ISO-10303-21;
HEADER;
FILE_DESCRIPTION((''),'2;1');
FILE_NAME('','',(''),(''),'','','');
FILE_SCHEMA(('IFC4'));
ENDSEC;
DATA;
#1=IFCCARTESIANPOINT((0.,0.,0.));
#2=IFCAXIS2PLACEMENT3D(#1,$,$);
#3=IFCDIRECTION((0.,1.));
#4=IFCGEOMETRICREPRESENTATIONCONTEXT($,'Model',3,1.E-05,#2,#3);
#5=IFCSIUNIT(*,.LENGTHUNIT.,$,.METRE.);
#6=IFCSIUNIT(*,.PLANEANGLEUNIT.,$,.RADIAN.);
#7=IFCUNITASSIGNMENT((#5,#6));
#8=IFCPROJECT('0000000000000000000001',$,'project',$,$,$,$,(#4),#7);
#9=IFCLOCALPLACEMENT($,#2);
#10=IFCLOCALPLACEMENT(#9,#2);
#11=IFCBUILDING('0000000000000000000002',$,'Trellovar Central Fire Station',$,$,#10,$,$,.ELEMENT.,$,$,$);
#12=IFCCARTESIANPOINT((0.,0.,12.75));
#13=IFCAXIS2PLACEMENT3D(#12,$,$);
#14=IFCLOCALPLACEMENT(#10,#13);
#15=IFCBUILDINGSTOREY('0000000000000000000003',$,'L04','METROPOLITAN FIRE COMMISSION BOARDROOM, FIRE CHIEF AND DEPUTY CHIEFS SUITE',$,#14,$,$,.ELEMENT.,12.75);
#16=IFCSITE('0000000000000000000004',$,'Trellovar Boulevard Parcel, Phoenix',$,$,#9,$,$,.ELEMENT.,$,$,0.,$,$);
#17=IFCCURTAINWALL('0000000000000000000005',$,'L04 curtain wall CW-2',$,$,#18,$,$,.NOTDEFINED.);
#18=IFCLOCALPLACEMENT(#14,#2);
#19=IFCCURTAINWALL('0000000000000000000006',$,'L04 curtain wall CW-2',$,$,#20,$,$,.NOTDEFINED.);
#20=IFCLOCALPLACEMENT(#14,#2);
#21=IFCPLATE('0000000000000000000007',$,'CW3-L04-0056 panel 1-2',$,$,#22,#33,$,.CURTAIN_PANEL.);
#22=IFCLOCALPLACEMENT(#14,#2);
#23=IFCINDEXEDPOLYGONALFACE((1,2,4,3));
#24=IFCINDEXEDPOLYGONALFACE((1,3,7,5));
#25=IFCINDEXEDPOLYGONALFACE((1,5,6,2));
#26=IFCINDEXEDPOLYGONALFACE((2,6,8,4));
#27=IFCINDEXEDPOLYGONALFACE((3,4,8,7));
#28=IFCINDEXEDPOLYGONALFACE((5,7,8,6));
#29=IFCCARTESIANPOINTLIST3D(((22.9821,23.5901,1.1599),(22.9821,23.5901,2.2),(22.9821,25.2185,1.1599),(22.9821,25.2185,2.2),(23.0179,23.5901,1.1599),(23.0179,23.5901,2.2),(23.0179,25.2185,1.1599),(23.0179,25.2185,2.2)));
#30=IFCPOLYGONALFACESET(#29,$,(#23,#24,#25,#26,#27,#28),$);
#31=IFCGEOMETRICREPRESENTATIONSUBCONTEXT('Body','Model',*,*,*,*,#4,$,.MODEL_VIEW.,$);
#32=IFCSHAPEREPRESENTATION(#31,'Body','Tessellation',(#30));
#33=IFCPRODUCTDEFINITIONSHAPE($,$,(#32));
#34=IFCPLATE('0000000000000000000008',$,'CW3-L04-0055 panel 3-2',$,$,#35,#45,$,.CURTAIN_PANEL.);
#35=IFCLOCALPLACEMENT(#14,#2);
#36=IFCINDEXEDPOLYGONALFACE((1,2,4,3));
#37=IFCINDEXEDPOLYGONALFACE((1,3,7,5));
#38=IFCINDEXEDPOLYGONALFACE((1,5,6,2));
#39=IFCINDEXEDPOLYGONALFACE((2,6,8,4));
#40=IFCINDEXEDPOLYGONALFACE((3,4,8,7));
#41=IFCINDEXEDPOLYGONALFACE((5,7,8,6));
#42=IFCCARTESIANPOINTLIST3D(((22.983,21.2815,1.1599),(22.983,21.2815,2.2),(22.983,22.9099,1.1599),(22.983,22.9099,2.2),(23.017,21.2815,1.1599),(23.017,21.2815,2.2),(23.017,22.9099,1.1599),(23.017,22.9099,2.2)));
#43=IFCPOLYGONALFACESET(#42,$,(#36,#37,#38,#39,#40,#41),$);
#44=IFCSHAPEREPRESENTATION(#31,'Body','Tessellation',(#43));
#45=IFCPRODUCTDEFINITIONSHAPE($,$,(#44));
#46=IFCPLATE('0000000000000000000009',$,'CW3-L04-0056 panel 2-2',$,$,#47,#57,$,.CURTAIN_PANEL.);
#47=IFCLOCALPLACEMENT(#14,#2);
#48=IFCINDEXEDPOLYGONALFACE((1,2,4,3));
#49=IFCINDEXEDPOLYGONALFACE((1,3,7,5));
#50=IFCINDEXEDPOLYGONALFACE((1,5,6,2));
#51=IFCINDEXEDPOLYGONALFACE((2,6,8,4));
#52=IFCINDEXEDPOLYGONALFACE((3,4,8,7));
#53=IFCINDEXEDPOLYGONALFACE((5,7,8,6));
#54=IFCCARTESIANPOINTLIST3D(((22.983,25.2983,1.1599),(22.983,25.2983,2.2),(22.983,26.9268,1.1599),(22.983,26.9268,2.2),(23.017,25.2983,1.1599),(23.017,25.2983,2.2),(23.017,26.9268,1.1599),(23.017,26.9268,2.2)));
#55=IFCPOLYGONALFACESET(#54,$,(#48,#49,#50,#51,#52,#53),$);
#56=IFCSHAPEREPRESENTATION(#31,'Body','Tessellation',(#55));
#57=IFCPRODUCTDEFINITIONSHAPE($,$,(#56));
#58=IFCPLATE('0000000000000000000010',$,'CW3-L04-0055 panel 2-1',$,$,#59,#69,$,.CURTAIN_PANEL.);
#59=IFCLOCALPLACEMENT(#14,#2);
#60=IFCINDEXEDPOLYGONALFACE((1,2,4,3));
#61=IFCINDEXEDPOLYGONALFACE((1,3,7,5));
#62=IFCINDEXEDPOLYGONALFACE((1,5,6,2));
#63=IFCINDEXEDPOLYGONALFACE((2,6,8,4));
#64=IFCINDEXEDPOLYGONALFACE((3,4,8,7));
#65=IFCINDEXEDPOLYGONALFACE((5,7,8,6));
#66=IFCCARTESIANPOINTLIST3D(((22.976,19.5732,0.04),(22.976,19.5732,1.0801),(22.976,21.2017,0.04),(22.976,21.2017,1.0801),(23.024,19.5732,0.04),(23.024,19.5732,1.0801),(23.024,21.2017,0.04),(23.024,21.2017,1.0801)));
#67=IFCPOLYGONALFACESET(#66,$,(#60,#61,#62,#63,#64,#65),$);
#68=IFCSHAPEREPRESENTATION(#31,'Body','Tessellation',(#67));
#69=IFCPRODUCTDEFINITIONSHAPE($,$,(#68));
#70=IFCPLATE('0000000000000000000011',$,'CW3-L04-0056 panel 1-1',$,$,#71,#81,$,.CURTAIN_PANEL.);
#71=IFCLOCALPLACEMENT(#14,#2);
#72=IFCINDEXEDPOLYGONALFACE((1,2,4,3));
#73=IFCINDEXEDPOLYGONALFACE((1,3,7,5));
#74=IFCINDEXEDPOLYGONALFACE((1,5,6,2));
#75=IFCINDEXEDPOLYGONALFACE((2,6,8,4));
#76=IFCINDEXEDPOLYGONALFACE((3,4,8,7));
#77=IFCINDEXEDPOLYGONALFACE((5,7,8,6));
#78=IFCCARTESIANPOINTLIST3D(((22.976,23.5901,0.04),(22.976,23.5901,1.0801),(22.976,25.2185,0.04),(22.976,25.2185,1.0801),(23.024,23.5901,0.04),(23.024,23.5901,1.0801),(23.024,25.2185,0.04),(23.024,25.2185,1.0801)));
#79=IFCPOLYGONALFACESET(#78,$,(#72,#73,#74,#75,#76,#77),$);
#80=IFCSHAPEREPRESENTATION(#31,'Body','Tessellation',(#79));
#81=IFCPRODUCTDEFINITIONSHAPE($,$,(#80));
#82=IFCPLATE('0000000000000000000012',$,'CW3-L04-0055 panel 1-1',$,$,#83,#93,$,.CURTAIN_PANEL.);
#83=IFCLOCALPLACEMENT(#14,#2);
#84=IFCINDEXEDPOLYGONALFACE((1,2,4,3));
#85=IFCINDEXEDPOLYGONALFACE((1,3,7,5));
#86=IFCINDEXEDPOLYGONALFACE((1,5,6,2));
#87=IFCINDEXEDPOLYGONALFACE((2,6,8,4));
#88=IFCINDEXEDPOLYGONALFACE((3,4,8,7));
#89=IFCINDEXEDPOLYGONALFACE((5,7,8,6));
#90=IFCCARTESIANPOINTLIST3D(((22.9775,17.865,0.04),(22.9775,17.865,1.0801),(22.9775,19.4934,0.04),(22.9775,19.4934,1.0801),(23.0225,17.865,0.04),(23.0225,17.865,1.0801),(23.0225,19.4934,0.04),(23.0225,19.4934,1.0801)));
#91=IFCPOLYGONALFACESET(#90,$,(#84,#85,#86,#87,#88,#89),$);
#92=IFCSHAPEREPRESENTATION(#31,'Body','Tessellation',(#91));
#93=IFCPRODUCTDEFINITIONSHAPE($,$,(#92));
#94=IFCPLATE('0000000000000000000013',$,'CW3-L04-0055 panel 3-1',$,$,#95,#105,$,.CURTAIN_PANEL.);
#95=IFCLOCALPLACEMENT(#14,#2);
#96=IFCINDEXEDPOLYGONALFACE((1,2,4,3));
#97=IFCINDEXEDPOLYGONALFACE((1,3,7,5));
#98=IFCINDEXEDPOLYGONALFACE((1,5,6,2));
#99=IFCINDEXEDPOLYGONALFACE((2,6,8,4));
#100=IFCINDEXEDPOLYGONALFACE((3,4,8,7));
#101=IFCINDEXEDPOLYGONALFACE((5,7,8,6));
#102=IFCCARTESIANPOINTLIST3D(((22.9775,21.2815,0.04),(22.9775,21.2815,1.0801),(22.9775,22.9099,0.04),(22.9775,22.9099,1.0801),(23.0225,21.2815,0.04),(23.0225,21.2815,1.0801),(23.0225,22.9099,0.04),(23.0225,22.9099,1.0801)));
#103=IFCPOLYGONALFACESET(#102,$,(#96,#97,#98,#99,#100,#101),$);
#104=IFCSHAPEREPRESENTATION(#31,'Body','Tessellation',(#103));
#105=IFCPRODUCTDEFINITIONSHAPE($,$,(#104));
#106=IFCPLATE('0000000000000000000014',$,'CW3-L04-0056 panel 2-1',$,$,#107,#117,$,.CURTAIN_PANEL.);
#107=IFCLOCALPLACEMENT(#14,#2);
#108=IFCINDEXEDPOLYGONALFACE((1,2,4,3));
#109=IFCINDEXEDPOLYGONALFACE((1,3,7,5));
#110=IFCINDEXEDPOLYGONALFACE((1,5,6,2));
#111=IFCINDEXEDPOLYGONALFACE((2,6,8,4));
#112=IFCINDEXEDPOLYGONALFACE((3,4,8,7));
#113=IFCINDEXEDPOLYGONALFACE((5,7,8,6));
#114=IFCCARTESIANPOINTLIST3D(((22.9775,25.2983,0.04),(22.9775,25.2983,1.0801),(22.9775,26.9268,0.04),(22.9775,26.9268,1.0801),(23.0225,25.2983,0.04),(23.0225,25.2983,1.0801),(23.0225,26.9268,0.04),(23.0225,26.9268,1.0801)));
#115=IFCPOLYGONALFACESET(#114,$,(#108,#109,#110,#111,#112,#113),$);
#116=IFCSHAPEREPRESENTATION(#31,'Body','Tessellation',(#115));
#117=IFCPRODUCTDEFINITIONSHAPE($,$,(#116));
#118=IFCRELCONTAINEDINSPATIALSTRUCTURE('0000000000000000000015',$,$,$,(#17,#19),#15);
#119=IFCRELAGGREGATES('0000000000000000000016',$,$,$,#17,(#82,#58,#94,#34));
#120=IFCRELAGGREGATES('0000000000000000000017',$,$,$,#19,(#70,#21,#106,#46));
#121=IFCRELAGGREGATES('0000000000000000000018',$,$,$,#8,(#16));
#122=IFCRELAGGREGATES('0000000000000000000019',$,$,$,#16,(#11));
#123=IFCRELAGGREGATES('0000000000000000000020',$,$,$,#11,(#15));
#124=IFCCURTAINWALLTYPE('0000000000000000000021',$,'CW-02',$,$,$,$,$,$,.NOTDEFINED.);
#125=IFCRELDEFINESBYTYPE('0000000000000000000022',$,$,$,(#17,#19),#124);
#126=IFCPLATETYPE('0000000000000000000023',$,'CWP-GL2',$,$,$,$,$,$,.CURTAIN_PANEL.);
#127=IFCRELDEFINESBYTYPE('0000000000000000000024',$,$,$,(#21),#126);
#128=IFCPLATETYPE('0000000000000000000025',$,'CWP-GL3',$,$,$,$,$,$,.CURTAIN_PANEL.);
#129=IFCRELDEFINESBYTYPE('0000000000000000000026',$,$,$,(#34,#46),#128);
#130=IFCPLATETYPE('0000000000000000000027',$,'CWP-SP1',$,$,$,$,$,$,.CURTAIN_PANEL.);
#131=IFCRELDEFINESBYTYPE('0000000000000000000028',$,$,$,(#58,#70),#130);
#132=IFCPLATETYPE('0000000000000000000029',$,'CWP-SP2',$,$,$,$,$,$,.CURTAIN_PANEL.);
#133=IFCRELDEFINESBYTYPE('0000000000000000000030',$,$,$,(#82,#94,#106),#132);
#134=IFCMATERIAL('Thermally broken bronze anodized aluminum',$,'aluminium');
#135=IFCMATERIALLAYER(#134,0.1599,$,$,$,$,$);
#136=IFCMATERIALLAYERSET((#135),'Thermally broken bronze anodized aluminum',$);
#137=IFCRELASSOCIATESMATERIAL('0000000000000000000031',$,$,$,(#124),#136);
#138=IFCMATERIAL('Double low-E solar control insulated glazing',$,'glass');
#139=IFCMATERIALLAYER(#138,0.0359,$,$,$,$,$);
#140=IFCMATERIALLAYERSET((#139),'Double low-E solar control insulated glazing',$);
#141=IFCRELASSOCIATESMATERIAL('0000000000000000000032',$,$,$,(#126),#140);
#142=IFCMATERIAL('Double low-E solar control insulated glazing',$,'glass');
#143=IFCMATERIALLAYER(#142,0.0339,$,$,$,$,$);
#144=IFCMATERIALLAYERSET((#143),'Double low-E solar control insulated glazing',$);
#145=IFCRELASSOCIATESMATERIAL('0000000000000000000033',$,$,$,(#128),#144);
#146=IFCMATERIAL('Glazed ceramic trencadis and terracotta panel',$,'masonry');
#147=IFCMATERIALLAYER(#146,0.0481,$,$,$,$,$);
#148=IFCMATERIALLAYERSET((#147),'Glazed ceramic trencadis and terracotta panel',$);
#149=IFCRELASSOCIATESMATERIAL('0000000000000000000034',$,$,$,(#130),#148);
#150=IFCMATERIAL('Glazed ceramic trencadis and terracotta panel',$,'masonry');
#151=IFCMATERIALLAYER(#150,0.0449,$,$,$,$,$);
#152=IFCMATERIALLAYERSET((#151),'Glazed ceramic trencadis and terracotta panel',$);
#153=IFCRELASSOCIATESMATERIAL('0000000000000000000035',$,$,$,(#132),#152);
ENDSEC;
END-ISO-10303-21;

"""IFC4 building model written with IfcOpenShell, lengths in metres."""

from ifc_helpers import new_model, si_unit, direction, frame, origin, origin_2d, place, context, subcontext, project, spatial, rectangle, extrude, material, layer, layer_set, type_object, element, aggregate, save


model = new_model("IFC4")

# Units and contexts
model_context = context("Model", 3, precision=1e-05, world=origin(), true_north=direction((0.0, 1.0)))
body_context = subcontext(model_context, "Body", "Model", "MODEL_VIEW")
ifc_project = project(units=[si_unit("LENGTHUNIT", "METRE"), si_unit("PLANEANGLEUNIT", "RADIAN")], contexts=[model_context])

# Site, building, storey
site_placement = place(None, origin())
site = spatial("IfcSite", under=ifc_project, at=site_placement, Name="Trellovar Boulevard Parcel, Phoenix", CompositionType="ELEMENT", RefElevation=0.0)
building_placement = place(site_placement, origin())
building = spatial("IfcBuilding", under=site, at=building_placement, Name="Trellovar Central Fire Station", CompositionType="ELEMENT")
storey_placement = place(building_placement, frame((0.0, 0.0, 12.75)))
storey = spatial("IfcBuildingStorey", under=building, at=storey_placement, Name="L04", Description="METROPOLITAN FIRE COMMISSION BOARDROOM, FIRE CHIEF AND DEPUTY CHIEFS SUITE", CompositionType="ELEMENT", Elevation=12.75)

# Curtain walls
ifc_material_1 = material(Name="Thermally broken bronze anodized aluminum", Category="aluminium")
ifc_layer_1 = layer(ifc_material_1, 0.1599)
ifc_layer_set_1 = layer_set([ifc_layer_1], Name="Thermally broken bronze anodized aluminum")
curtain_wall_type = type_object("IfcCurtainWallType", Name="CW-02", PredefinedType="NOTDEFINED", material=ifc_layer_set_1)
curtain_wall_1_placement = place(storey_placement, origin())
curtain_wall_1 = element("IfcCurtainWall", 1, at=curtain_wall_1_placement, inside=storey, type_object=curtain_wall_type, Name="L04 curtain wall CW-2", PredefinedType="NOTDEFINED")
curtain_wall_2_placement = place(storey_placement, origin())
curtain_wall_2 = element("IfcCurtainWall", 2, at=curtain_wall_2_placement, inside=storey, type_object=curtain_wall_type, Name="L04 curtain wall CW-2", PredefinedType="NOTDEFINED")

# Plates
ifc_material_2 = material(Name="Double low-E solar control insulated glazing", Category="glass")
ifc_layer_2 = layer(ifc_material_2, 0.0359)
ifc_layer_set_2 = layer_set([ifc_layer_2], Name="Double low-E solar control insulated glazing")
plate_type_1 = type_object("IfcPlateType", Name="CWP-GL2", PredefinedType="CURTAIN_PANEL", material=ifc_layer_set_2)
plate_1_placement = place(storey_placement, frame((23.0, 24.4043, 1.1599), z_axis=(0.0, 0.0, 1.0), x_axis=(0.0, 1.0, 0.0)))
plate_1 = element("IfcPlate", 3, at=plate_1_placement, type_object=plate_type_1, Name="CW3-L04-0056 panel 1-2", PredefinedType="CURTAIN_PANEL", context=body_context, shape_type="SweptSolid", body=[
    extrude(rectangle(XDim=1.6284, YDim=0.0359, at=origin_2d()), origin(), (0.0, 0.0, 1.0), 1.04),
])
ifc_material_3 = material(Name="Double low-E solar control insulated glazing", Category="glass")
ifc_layer_3 = layer(ifc_material_3, 0.0339)
ifc_layer_set_3 = layer_set([ifc_layer_3], Name="Double low-E solar control insulated glazing")
plate_type_2 = type_object("IfcPlateType", Name="CWP-GL3", PredefinedType="CURTAIN_PANEL", material=ifc_layer_set_3)
plate_2_placement = place(storey_placement, frame((23.0, 22.0957, 1.1599), z_axis=(0.0, 0.0, 1.0), x_axis=(0.0, 1.0, 0.0)))
plate_2 = element("IfcPlate", 4, at=plate_2_placement, type_object=plate_type_2, Name="CW3-L04-0055 panel 3-2", PredefinedType="CURTAIN_PANEL", context=body_context, shape_type="SweptSolid", body=[
    extrude(rectangle(XDim=1.6284, YDim=0.0339, at=origin_2d()), origin(), (0.0, 0.0, 1.0), 1.04),
])
plate_3_placement = place(storey_placement, frame((23.0, 26.1125, 1.1599), z_axis=(0.0, 0.0, 1.0), x_axis=(0.0, 1.0, 0.0)))
plate_3 = element("IfcPlate", 5, at=plate_3_placement, type_object=plate_type_2, Name="CW3-L04-0056 panel 2-2", PredefinedType="CURTAIN_PANEL", context=body_context, shape_type="SweptSolid", body=[
    extrude(rectangle(XDim=1.6284, YDim=0.0339, at=origin_2d()), origin(), (0.0, 0.0, 1.0), 1.04),
])
ifc_material_4 = material(Name="Glazed ceramic trencadis and terracotta panel", Category="masonry")
ifc_layer_4 = layer(ifc_material_4, 0.0481)
ifc_layer_set_4 = layer_set([ifc_layer_4], Name="Glazed ceramic trencadis and terracotta panel")
plate_type_3 = type_object("IfcPlateType", Name="CWP-SP1", PredefinedType="CURTAIN_PANEL", material=ifc_layer_set_4)
plate_4_placement = place(storey_placement, frame((23.0, 20.3875, 0.04), z_axis=(0.0, 0.0, 1.0), x_axis=(0.0, 1.0, 0.0)))
plate_4 = element("IfcPlate", 6, at=plate_4_placement, type_object=plate_type_3, Name="CW3-L04-0055 panel 2-1", PredefinedType="CURTAIN_PANEL", context=body_context, shape_type="SweptSolid", body=[
    extrude(rectangle(XDim=1.6284, YDim=0.0481, at=origin_2d()), origin(), (0.0, 0.0, 1.0), 1.04),
])
plate_5_placement = place(storey_placement, frame((23.0, 24.4043, 0.04), z_axis=(0.0, 0.0, 1.0), x_axis=(0.0, 1.0, 0.0)))
plate_5 = element("IfcPlate", 7, at=plate_5_placement, type_object=plate_type_3, Name="CW3-L04-0056 panel 1-1", PredefinedType="CURTAIN_PANEL", context=body_context, shape_type="SweptSolid", body=[
    extrude(rectangle(XDim=1.6284, YDim=0.0481, at=origin_2d()), origin(), (0.0, 0.0, 1.0), 1.04),
])
ifc_material_5 = material(Name="Glazed ceramic trencadis and terracotta panel", Category="masonry")
ifc_layer_5 = layer(ifc_material_5, 0.0449)
ifc_layer_set_5 = layer_set([ifc_layer_5], Name="Glazed ceramic trencadis and terracotta panel")
plate_type_4 = type_object("IfcPlateType", Name="CWP-SP2", PredefinedType="CURTAIN_PANEL", material=ifc_layer_set_5)
plate_6_placement = place(storey_placement, frame((23.0, 18.6792, 0.04), z_axis=(0.0, 0.0, 1.0), x_axis=(0.0, 1.0, 0.0)))
plate_6 = element("IfcPlate", 8, at=plate_6_placement, type_object=plate_type_4, Name="CW3-L04-0055 panel 1-1", PredefinedType="CURTAIN_PANEL", context=body_context, shape_type="SweptSolid", body=[
    extrude(rectangle(XDim=1.6284, YDim=0.0449, at=origin_2d()), origin(), (0.0, 0.0, 1.0), 1.04),
])
plate_7_placement = place(storey_placement, frame((23.0, 22.0957, 0.04), z_axis=(0.0, 0.0, 1.0), x_axis=(0.0, 1.0, 0.0)))
plate_7 = element("IfcPlate", 9, at=plate_7_placement, type_object=plate_type_4, Name="CW3-L04-0055 panel 3-1", PredefinedType="CURTAIN_PANEL", context=body_context, shape_type="SweptSolid", body=[
    extrude(rectangle(XDim=1.6284, YDim=0.0449, at=origin_2d()), origin(), (0.0, 0.0, 1.0), 1.04),
])
aggregate(curtain_wall_1, [plate_6, plate_4, plate_7, plate_2])
plate_8_placement = place(storey_placement, frame((23.0, 26.1125, 0.04), z_axis=(0.0, 0.0, 1.0), x_axis=(0.0, 1.0, 0.0)))
plate_8 = element("IfcPlate", 10, at=plate_8_placement, type_object=plate_type_4, Name="CW3-L04-0056 panel 2-1", PredefinedType="CURTAIN_PANEL", context=body_context, shape_type="SweptSolid", body=[
    extrude(rectangle(XDim=1.6284, YDim=0.0449, at=origin_2d()), origin(), (0.0, 0.0, 1.0), 1.04),
])
aggregate(curtain_wall_2, [plate_5, plate_1, plate_8, plate_3])

save(model, "model.ifc")
